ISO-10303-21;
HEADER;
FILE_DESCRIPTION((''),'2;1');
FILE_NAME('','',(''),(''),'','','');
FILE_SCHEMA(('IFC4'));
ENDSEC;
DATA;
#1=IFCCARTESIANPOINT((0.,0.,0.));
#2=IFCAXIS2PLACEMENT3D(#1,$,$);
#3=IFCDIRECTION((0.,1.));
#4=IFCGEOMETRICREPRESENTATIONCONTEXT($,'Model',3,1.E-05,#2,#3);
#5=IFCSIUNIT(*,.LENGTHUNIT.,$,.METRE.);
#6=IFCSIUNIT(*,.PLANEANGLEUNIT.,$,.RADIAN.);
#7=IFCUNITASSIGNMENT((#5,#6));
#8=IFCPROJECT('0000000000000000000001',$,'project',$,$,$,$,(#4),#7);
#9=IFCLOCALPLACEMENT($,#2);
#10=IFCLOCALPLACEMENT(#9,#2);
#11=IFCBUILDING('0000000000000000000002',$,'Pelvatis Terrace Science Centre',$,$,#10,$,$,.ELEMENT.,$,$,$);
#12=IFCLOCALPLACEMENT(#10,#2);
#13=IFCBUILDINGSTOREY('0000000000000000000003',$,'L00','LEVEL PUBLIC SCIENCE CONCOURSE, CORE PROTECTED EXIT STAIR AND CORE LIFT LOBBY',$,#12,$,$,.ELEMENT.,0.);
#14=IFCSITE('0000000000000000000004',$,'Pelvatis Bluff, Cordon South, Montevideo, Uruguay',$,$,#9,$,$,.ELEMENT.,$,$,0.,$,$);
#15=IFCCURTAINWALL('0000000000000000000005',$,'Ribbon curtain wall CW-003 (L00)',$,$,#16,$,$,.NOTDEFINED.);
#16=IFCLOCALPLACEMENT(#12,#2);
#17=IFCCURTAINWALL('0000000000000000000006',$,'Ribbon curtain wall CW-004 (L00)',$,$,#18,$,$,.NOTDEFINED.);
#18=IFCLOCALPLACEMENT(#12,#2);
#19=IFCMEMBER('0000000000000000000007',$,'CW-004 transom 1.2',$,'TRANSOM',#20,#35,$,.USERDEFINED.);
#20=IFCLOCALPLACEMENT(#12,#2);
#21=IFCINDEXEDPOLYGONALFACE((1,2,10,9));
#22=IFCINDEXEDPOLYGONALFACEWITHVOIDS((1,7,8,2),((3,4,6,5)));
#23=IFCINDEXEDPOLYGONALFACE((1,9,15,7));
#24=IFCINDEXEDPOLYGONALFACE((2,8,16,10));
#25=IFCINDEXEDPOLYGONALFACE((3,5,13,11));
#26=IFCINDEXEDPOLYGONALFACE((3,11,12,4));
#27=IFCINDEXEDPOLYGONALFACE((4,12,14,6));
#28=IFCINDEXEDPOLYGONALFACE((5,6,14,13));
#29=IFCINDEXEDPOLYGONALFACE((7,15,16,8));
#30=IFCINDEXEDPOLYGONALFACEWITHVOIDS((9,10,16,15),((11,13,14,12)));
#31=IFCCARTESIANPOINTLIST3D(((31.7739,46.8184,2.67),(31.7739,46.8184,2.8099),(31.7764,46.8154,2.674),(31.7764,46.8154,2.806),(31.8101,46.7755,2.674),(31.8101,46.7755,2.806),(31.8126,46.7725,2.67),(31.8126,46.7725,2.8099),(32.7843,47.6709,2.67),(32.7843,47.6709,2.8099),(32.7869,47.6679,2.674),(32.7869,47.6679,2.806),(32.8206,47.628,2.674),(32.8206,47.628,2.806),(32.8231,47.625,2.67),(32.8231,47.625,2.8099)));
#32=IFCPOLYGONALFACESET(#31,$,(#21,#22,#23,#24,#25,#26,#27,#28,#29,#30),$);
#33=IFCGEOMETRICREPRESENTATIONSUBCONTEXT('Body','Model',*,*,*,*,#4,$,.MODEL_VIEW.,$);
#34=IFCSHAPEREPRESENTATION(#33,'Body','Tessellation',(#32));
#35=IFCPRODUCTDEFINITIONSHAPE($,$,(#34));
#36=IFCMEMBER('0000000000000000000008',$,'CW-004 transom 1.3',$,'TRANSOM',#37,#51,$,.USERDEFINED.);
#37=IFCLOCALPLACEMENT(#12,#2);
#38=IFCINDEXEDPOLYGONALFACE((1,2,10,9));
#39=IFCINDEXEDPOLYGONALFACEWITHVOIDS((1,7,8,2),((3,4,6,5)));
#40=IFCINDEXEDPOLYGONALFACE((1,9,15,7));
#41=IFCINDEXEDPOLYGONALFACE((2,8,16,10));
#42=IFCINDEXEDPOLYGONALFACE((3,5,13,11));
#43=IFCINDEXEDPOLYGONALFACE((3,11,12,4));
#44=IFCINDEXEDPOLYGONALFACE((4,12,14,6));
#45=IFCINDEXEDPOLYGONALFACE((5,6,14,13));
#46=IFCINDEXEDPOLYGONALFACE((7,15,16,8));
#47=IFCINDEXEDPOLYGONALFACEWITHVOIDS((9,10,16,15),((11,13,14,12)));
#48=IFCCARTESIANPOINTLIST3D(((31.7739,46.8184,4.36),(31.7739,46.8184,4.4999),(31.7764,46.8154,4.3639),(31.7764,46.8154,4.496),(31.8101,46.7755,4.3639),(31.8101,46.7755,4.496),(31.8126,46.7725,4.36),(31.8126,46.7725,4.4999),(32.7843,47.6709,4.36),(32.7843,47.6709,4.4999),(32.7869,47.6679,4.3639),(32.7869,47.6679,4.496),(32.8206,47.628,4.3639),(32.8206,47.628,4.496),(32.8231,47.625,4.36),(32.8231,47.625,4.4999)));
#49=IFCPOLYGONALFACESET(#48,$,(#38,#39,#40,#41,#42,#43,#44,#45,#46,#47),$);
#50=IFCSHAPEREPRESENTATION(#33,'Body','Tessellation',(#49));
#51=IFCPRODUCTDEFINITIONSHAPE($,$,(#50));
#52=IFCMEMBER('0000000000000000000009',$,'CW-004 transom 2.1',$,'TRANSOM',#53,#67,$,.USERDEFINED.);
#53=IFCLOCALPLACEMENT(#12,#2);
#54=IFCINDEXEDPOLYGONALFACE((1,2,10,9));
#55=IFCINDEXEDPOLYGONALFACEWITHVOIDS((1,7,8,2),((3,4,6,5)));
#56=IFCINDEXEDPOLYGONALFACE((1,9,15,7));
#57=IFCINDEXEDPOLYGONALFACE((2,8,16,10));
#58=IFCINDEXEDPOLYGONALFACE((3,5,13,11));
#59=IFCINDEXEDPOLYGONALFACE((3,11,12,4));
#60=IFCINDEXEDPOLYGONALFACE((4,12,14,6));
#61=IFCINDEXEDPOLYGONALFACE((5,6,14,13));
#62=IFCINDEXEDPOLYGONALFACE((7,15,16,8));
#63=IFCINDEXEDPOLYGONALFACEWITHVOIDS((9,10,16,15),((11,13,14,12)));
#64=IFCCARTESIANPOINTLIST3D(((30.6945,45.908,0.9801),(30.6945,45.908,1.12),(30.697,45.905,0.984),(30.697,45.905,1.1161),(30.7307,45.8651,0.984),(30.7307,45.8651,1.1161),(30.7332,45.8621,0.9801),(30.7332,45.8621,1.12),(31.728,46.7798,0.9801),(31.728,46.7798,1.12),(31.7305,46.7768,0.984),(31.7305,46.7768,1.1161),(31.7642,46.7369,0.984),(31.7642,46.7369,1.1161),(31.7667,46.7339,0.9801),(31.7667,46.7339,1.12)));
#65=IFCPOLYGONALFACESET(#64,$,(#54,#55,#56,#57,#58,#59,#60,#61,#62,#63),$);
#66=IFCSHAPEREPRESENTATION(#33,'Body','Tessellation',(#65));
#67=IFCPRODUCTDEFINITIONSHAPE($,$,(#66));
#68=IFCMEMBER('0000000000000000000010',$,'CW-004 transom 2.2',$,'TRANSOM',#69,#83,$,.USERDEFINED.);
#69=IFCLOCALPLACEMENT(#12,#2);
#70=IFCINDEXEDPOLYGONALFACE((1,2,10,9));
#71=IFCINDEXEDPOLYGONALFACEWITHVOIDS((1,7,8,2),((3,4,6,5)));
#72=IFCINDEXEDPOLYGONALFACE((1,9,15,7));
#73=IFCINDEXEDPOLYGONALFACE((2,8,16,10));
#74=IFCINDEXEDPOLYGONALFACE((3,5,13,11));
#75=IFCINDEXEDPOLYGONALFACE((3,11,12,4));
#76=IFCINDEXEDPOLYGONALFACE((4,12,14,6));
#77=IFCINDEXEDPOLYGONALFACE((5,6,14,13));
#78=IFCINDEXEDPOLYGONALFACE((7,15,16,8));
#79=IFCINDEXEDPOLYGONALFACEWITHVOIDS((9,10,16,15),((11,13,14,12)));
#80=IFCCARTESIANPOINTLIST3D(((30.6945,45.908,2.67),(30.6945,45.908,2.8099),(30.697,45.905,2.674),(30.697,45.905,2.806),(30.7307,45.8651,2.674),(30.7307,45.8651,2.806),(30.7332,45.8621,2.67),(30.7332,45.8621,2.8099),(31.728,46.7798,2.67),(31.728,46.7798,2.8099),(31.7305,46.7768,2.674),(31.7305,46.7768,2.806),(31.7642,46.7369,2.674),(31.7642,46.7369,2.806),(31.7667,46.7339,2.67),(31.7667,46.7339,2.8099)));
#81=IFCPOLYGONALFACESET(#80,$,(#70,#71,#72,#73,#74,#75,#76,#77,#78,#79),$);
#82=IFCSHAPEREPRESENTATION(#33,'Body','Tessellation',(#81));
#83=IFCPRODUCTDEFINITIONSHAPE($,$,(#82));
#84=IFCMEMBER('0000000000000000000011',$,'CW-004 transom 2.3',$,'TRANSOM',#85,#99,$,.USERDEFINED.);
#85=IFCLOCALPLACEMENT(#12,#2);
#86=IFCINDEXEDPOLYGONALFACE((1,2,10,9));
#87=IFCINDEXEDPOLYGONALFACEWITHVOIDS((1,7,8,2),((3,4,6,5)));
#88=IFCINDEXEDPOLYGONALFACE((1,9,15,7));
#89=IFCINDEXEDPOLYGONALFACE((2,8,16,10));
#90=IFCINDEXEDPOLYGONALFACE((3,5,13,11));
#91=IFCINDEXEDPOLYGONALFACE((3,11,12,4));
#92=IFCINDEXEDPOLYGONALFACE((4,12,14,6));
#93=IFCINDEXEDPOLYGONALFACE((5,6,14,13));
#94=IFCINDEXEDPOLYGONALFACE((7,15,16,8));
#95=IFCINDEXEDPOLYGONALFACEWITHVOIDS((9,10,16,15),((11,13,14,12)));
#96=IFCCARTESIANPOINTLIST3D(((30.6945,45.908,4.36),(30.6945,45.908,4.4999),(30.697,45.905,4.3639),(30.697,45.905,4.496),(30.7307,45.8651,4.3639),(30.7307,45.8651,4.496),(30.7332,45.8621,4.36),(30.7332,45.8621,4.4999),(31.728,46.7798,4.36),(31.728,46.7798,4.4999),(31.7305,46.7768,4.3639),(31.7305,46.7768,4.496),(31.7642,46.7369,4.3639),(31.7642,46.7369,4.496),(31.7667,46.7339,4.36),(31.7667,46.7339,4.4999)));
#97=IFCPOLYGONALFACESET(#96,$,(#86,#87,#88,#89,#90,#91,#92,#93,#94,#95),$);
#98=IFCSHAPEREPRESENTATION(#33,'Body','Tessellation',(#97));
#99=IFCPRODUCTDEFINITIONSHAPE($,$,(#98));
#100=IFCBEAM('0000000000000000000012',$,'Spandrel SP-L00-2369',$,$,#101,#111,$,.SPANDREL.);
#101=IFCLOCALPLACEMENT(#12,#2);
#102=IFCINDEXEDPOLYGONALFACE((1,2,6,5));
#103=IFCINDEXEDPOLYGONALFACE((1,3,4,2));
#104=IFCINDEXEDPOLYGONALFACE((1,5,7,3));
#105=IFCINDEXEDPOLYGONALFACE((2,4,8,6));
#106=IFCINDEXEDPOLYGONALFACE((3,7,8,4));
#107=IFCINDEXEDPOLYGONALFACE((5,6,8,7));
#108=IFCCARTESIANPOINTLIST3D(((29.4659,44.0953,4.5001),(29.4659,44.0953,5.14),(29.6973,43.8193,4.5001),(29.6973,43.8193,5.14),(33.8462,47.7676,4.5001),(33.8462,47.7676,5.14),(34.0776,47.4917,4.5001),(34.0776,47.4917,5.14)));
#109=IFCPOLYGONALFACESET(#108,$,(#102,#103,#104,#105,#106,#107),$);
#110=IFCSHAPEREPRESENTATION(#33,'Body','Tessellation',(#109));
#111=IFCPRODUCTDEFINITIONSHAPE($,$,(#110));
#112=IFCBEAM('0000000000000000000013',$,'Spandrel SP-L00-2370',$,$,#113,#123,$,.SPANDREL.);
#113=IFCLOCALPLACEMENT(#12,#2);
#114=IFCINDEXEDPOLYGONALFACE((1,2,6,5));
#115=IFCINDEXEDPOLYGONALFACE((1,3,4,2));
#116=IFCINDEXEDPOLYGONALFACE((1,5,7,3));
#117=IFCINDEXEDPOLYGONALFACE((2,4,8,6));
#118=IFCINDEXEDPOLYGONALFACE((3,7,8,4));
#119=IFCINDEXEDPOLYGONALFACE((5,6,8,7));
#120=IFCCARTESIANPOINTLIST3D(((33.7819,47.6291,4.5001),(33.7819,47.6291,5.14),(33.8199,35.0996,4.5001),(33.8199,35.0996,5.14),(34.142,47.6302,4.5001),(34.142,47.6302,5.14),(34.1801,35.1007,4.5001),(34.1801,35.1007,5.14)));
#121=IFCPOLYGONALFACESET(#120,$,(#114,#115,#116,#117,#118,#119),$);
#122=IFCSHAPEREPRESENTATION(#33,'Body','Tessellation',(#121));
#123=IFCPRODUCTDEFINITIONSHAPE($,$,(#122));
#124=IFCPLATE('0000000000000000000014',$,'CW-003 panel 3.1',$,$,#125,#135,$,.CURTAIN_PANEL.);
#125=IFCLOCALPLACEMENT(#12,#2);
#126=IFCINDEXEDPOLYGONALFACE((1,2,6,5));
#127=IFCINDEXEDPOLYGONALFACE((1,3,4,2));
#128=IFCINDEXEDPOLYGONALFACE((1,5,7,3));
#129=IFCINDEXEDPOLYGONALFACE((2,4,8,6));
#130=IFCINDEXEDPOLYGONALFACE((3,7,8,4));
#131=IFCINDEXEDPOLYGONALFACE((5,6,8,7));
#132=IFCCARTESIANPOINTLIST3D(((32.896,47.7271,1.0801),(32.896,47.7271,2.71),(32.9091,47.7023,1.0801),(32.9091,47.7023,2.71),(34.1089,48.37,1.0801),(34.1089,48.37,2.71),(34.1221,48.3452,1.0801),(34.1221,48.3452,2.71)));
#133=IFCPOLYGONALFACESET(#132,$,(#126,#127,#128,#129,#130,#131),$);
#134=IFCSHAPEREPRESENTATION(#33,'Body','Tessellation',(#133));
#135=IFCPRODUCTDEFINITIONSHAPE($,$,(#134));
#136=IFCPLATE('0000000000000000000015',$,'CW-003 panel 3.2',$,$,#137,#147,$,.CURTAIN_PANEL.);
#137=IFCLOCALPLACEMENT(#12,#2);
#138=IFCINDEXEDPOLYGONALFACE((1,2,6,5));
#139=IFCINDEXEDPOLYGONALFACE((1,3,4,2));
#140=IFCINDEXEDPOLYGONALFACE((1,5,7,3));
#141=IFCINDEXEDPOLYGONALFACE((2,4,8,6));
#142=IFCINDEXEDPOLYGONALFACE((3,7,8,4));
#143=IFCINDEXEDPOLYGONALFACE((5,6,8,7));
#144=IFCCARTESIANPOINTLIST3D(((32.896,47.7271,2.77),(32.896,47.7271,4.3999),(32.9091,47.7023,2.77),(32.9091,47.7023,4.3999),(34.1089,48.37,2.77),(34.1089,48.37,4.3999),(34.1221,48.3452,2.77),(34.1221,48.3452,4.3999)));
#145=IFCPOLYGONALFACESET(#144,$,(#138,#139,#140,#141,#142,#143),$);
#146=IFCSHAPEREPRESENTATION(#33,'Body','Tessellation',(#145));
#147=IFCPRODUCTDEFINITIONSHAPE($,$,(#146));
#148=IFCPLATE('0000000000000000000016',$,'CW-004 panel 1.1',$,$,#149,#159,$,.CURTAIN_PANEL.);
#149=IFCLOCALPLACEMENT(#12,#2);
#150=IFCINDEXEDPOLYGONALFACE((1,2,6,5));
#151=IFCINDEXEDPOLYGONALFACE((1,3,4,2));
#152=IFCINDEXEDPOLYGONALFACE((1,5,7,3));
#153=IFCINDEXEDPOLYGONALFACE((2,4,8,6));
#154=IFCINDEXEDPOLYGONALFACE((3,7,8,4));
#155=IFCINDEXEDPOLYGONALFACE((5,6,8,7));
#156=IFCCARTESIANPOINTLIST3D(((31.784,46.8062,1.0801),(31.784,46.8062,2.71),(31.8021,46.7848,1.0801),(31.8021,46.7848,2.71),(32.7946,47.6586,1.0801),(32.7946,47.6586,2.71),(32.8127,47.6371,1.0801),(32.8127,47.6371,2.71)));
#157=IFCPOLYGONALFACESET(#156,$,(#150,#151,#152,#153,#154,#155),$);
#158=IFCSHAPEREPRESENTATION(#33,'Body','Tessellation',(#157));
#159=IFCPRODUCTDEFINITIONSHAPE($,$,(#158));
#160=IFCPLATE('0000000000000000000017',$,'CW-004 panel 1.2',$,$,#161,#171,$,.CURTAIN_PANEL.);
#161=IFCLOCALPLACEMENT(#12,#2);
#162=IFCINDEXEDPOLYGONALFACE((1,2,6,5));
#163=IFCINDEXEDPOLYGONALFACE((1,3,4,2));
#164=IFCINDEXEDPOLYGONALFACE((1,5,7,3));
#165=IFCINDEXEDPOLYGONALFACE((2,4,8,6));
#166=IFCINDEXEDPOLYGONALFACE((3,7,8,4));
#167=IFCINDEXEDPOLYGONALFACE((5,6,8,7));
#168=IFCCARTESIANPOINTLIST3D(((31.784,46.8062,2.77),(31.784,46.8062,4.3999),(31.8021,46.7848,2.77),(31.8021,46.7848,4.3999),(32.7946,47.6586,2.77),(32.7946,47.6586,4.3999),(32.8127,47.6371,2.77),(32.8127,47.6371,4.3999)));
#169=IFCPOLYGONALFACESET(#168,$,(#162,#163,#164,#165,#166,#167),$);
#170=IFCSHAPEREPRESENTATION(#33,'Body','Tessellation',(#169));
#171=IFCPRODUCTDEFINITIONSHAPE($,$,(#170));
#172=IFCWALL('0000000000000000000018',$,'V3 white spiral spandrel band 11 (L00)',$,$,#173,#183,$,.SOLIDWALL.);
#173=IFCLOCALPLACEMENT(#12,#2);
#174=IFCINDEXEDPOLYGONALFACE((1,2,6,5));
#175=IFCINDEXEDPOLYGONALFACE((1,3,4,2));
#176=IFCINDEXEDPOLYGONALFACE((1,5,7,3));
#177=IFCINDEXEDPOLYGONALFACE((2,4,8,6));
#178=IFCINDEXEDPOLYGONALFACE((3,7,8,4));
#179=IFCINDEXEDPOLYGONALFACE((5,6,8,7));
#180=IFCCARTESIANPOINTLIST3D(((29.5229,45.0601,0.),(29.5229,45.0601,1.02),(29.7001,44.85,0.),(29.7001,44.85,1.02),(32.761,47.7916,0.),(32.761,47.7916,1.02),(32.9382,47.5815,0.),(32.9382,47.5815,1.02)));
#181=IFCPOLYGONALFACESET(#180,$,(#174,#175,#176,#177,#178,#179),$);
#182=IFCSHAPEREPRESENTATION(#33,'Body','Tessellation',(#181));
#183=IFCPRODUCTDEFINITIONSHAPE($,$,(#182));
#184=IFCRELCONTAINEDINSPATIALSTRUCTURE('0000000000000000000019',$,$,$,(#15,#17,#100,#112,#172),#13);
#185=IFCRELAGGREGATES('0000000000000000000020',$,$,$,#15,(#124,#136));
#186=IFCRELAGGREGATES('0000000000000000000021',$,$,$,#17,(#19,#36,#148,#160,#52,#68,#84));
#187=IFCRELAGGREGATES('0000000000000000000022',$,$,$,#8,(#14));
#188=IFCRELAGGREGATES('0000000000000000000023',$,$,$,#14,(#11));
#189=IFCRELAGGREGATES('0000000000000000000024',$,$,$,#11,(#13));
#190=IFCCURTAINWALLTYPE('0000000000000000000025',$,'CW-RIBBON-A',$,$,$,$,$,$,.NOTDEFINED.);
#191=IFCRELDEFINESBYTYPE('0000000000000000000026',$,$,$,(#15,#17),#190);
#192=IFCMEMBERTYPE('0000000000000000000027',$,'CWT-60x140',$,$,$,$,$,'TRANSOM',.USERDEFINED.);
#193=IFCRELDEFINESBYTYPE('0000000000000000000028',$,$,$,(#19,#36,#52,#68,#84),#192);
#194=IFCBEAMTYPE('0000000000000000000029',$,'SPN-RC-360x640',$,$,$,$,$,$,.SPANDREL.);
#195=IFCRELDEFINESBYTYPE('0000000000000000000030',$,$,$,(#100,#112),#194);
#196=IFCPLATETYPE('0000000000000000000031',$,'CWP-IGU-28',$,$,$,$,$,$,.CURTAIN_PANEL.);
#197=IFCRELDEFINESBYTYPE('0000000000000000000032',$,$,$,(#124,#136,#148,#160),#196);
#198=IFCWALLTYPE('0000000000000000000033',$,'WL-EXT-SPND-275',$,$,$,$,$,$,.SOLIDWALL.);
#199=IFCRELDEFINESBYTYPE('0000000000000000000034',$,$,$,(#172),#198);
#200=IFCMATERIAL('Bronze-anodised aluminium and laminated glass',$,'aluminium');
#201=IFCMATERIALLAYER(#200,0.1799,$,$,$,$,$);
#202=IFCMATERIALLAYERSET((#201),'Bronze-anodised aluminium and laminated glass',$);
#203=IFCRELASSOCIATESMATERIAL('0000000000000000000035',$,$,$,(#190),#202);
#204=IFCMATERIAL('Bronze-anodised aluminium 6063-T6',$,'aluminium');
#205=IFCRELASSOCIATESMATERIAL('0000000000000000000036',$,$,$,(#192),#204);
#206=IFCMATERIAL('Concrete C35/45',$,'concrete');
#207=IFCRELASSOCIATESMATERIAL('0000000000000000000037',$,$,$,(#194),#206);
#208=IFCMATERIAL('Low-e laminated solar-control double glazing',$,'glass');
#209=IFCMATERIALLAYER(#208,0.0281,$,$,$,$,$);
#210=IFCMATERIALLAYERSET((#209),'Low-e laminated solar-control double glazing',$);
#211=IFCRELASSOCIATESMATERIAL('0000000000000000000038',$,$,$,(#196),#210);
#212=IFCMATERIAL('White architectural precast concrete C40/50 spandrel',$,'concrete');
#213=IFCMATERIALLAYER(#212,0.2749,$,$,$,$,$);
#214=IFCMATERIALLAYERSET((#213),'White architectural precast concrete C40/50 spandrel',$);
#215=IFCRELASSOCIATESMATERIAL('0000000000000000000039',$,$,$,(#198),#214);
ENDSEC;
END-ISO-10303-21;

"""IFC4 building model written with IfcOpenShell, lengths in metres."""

from ifc_helpers import new_model, si_unit, direction, frame, frame_2d, origin, origin_2d, place, context, subcontext, project, spatial, rectangle, hollow_rectangle, extrude, material, layer, layer_set, material_profile, profile_set, type_object, element, aggregate, save


model = new_model("IFC4")

# Units and contexts
model_context = context("Model", 3, precision=1e-05, world=origin(), true_north=direction((0.0, 1.0)))
body_context = subcontext(model_context, "Body", "Model", "MODEL_VIEW")
ifc_project = project(units=[si_unit("LENGTHUNIT", "METRE"), si_unit("PLANEANGLEUNIT", "RADIAN")], contexts=[model_context])

# Site, building, storey
site_placement = place(None, origin())
site = spatial("IfcSite", under=ifc_project, at=site_placement, Name="Pelvatis Bluff, Cordon South, Montevideo, Uruguay", CompositionType="ELEMENT", RefElevation=0.0)
building_placement = place(site_placement, origin())
building = spatial("IfcBuilding", under=site, at=building_placement, Name="Pelvatis Terrace Science Centre", CompositionType="ELEMENT")
storey_placement = place(building_placement, origin())
storey = spatial("IfcBuildingStorey", under=building, at=storey_placement, Name="L00", Description="LEVEL PUBLIC SCIENCE CONCOURSE, CORE PROTECTED EXIT STAIR AND CORE LIFT LOBBY", CompositionType="ELEMENT", Elevation=0.0)

# Curtain wall
ifc_material_1 = material(Name="Bronze-anodised aluminium and laminated glass", Category="aluminium")
ifc_layer_1 = layer(ifc_material_1, 0.1799)
ifc_layer_set_1 = layer_set([ifc_layer_1], Name="Bronze-anodised aluminium and laminated glass")
curtain_wall_type = type_object("IfcCurtainWallType", Name="CW-RIBBON-A", PredefinedType="NOTDEFINED", material=ifc_layer_set_1)
curtain_wall_1_placement = place(storey_placement, origin())
curtain_wall_1 = element("IfcCurtainWall", 1, at=curtain_wall_1_placement, inside=storey, type_object=curtain_wall_type, Name="Ribbon curtain wall CW-003 (L00)", PredefinedType="NOTDEFINED")

# Curtain wall
curtain_wall_2_placement = place(storey_placement, origin())
curtain_wall_2 = element("IfcCurtainWall", 2, at=curtain_wall_2_placement, inside=storey, type_object=curtain_wall_type, Name="Ribbon curtain wall CW-004 (L00)", PredefinedType="NOTDEFINED")

# Members
ifc_material_2 = material(Name="Bronze-anodised aluminium 6063-T6", Category="aluminium")
ifc_material_profile_1 = material_profile(ifc_material_2, hollow_rectangle(XDim=0.0601, YDim=0.1399, WallThickness=0.0039, at=origin_2d()), Name="ALU-TRN 60x140")
ifc_profile_set_1 = profile_set([ifc_material_profile_1], Name="Bronze-anodised aluminium 6063-T6")
member_type_1 = type_object("IfcMemberType", Name="CWT-60x140", ElementType="TRANSOM", PredefinedType="USERDEFINED", material=ifc_profile_set_1)
member_1_placement = place(storey_placement, frame((32.8037, 47.6479, 2.74), z_axis=(-0.764317, -0.644841, 0.0), x_axis=(0.644841, -0.764317, 0.0)))
member_1 = element("IfcMember", 3, at=member_1_placement, type_object=member_type_1, Name="CW-004 transom 1.2", ObjectType="TRANSOM", PredefinedType="USERDEFINED", context=body_context, shape_type="SweptSolid", body=[
    extrude(hollow_rectangle(XDim=0.0601, YDim=0.1399, WallThickness=0.0039, at=origin_2d()), origin(), (0.0, 0.0, 1.0), 1.322),
])
member_2_placement = place(storey_placement, frame((32.8037, 47.6479, 4.4299), z_axis=(-0.764317, -0.644841, 0.0), x_axis=(0.644841, -0.764317, 0.0)))
member_2 = element("IfcMember", 4, at=member_2_placement, type_object=member_type_1, Name="CW-004 transom 1.3", ObjectType="TRANSOM", PredefinedType="USERDEFINED", context=body_context, shape_type="SweptSolid", body=[
    extrude(hollow_rectangle(XDim=0.0601, YDim=0.1399, WallThickness=0.0039, at=origin_2d()), origin(), (0.0, 0.0, 1.0), 1.322),
])
member_3_placement = place(storey_placement, frame((31.7473, 46.7568, 1.05), z_axis=(-0.764344, -0.644808, 0.0), x_axis=(0.644808, -0.764344, 0.0)))
member_3 = element("IfcMember", 5, at=member_3_placement, type_object=member_type_1, Name="CW-004 transom 2.1", ObjectType="TRANSOM", PredefinedType="USERDEFINED", context=body_context, shape_type="SweptSolid", body=[
    extrude(hollow_rectangle(XDim=0.0601, YDim=0.1399, WallThickness=0.0039, at=origin_2d()), origin(), (0.0, 0.0, 1.0), 1.3521),
])
member_4_placement = place(storey_placement, frame((31.7473, 46.7568, 2.74), z_axis=(-0.764344, -0.644808, 0.0), x_axis=(0.644808, -0.764344, 0.0)))
member_4 = element("IfcMember", 6, at=member_4_placement, type_object=member_type_1, Name="CW-004 transom 2.2", ObjectType="TRANSOM", PredefinedType="USERDEFINED", context=body_context, shape_type="SweptSolid", body=[
    extrude(hollow_rectangle(XDim=0.0601, YDim=0.1399, WallThickness=0.0039, at=origin_2d()), origin(), (0.0, 0.0, 1.0), 1.3521),
])
member_5_placement = place(storey_placement, frame((31.7473, 46.7568, 4.4299), z_axis=(-0.764344, -0.644808, 0.0), x_axis=(0.644808, -0.764344, 0.0)))
member_5 = element("IfcMember", 7, at=member_5_placement, type_object=member_type_1, Name="CW-004 transom 2.3", ObjectType="TRANSOM", PredefinedType="USERDEFINED", context=body_context, shape_type="SweptSolid", body=[
    extrude(hollow_rectangle(XDim=0.0601, YDim=0.1399, WallThickness=0.0039, at=origin_2d()), origin(), (0.0, 0.0, 1.0), 1.3521),
])

# Beams
ifc_material_3 = material(Name="Concrete C35/45", Category="concrete")
ifc_material_profile_2 = material_profile(ifc_material_3, rectangle(XDim=0.3601, YDim=0.6399, at=origin_2d()), Name="RC-SPN 360x640")
ifc_profile_set_2 = profile_set([ifc_material_profile_2], Name="Concrete C35/45")
beam_type = type_object("IfcBeamType", Name="SPN-RC-360x640", PredefinedType="SPANDREL", material=ifc_profile_set_2)
beam_1_placement = place(storey_placement, frame((33.9619, 47.6296, 4.8201), z_axis=(-0.76632, -0.642459, 0.0), x_axis=(0.642459, -0.76632, 0.0)))
element("IfcBeam", 8, at=beam_1_placement, inside=storey, type_object=beam_type, Name="Spandrel SP-L00-2369", PredefinedType="SPANDREL", context=body_context, shape_type="SweptSolid", body=[
    extrude(rectangle(XDim=0.3601, YDim=0.6399, at=origin_2d()), origin(), (0.0, 0.0, 1.0), 5.7161),
])
beam_2_placement = place(storey_placement, frame((33.9619, 47.6296, 4.8201), z_axis=(0.00304, -0.999995, 0.0), x_axis=(0.999995, 0.00304, 0.0)))
element("IfcBeam", 9, at=beam_2_placement, inside=storey, type_object=beam_type, Name="Spandrel SP-L00-2370", PredefinedType="SPANDREL", context=body_context, shape_type="SweptSolid", body=[
    extrude(rectangle(XDim=0.3601, YDim=0.6399, at=origin_2d()), origin(), (0.0, 0.0, 1.0), 12.5295),
])

# Plates
ifc_material_4 = material(Name="Low-e laminated solar-control double glazing", Category="glass")
ifc_layer_2 = layer(ifc_material_4, 0.0281)
ifc_layer_set_2 = layer_set([ifc_layer_2], Name="Low-e laminated solar-control double glazing")
plate_type = type_object("IfcPlateType", Name="CWP-IGU-28", PredefinedType="CURTAIN_PANEL", material=ifc_layer_set_2)
plate_1_placement = place(storey_placement, frame((33.509, 48.0361, 1.0801), z_axis=(0.0, 0.0, 1.0), x_axis=(-0.883571, -0.468298, 0.0)))
plate_1 = element("IfcPlate", 10, at=plate_1_placement, type_object=plate_type, Name="CW-003 panel 3.1", PredefinedType="CURTAIN_PANEL", context=body_context, shape_type="SweptSolid", body=[
    extrude(rectangle(XDim=1.3728, YDim=0.0281, at=origin_2d()), origin(), (0.0, 0.0, 1.0), 1.6299),
])
plate_2_placement = place(storey_placement, frame((33.509, 48.0361, 2.77), z_axis=(0.0, 0.0, 1.0), x_axis=(-0.883571, -0.468298, 0.0)))
plate_2 = element("IfcPlate", 11, at=plate_2_placement, type_object=plate_type, Name="CW-003 panel 3.2", PredefinedType="CURTAIN_PANEL", context=body_context, shape_type="SweptSolid", body=[
    extrude(rectangle(XDim=1.3728, YDim=0.0281, at=origin_2d()), origin(), (0.0, 0.0, 1.0), 1.6299),
])
aggregate(curtain_wall_1, [plate_1, plate_2])
plate_3_placement = place(storey_placement, frame((32.2983, 47.2217, 1.0801), z_axis=(0.0, 0.0, 1.0), x_axis=(-0.764378, -0.644768, 0.0)))
plate_3 = element("IfcPlate", 12, at=plate_3_placement, type_object=plate_type, Name="CW-004 panel 1.1", PredefinedType="CURTAIN_PANEL", context=body_context, shape_type="SweptSolid", body=[
    extrude(rectangle(XDim=1.322, YDim=0.0281, at=origin_2d()), origin(), (0.0, 0.0, 1.0), 1.6299),
])
plate_4_placement = place(storey_placement, frame((32.2983, 47.2217, 2.77), z_axis=(0.0, 0.0, 1.0), x_axis=(-0.764378, -0.644768, 0.0)))
plate_4 = element("IfcPlate", 13, at=plate_4_placement, type_object=plate_type, Name="CW-004 panel 1.2", PredefinedType="CURTAIN_PANEL", context=body_context, shape_type="SweptSolid", body=[
    extrude(rectangle(XDim=1.322, YDim=0.0281, at=origin_2d()), origin(), (0.0, 0.0, 1.0), 1.6299),
])
aggregate(curtain_wall_2, [member_1, member_2, plate_3, plate_4, member_3, member_4, member_5])

# Wall
ifc_material_5 = material(Name="White architectural precast concrete C40/50 spandrel", Category="concrete")
ifc_layer_3 = layer(ifc_material_5, 0.2749)
ifc_layer_set_3 = layer_set([ifc_layer_3], Name="White architectural precast concrete C40/50 spandrel")
wall_type = type_object("IfcWallType", Name="WL-EXT-SPND-275", PredefinedType="SOLIDWALL", material=ifc_layer_set_3)
wall_placement = place(storey_placement, frame((32.8496, 47.6865, 0.0), z_axis=(0.0, 0.0, 1.0), x_axis=(-0.764367, -0.644782, 0.0)))
element("IfcWall", 14, at=wall_placement, inside=storey, type_object=wall_type, Name="V3 white spiral spandrel band 11 (L00)", PredefinedType="SOLIDWALL", context=body_context, shape_type="SweptSolid", body=[
    extrude(rectangle(XDim=4.2363, YDim=0.2749, at=frame_2d((2.1182, 0.0))), origin(), (0.0, 0.0, 1.0), 1.02),
])

save(model, "model.ifc")
